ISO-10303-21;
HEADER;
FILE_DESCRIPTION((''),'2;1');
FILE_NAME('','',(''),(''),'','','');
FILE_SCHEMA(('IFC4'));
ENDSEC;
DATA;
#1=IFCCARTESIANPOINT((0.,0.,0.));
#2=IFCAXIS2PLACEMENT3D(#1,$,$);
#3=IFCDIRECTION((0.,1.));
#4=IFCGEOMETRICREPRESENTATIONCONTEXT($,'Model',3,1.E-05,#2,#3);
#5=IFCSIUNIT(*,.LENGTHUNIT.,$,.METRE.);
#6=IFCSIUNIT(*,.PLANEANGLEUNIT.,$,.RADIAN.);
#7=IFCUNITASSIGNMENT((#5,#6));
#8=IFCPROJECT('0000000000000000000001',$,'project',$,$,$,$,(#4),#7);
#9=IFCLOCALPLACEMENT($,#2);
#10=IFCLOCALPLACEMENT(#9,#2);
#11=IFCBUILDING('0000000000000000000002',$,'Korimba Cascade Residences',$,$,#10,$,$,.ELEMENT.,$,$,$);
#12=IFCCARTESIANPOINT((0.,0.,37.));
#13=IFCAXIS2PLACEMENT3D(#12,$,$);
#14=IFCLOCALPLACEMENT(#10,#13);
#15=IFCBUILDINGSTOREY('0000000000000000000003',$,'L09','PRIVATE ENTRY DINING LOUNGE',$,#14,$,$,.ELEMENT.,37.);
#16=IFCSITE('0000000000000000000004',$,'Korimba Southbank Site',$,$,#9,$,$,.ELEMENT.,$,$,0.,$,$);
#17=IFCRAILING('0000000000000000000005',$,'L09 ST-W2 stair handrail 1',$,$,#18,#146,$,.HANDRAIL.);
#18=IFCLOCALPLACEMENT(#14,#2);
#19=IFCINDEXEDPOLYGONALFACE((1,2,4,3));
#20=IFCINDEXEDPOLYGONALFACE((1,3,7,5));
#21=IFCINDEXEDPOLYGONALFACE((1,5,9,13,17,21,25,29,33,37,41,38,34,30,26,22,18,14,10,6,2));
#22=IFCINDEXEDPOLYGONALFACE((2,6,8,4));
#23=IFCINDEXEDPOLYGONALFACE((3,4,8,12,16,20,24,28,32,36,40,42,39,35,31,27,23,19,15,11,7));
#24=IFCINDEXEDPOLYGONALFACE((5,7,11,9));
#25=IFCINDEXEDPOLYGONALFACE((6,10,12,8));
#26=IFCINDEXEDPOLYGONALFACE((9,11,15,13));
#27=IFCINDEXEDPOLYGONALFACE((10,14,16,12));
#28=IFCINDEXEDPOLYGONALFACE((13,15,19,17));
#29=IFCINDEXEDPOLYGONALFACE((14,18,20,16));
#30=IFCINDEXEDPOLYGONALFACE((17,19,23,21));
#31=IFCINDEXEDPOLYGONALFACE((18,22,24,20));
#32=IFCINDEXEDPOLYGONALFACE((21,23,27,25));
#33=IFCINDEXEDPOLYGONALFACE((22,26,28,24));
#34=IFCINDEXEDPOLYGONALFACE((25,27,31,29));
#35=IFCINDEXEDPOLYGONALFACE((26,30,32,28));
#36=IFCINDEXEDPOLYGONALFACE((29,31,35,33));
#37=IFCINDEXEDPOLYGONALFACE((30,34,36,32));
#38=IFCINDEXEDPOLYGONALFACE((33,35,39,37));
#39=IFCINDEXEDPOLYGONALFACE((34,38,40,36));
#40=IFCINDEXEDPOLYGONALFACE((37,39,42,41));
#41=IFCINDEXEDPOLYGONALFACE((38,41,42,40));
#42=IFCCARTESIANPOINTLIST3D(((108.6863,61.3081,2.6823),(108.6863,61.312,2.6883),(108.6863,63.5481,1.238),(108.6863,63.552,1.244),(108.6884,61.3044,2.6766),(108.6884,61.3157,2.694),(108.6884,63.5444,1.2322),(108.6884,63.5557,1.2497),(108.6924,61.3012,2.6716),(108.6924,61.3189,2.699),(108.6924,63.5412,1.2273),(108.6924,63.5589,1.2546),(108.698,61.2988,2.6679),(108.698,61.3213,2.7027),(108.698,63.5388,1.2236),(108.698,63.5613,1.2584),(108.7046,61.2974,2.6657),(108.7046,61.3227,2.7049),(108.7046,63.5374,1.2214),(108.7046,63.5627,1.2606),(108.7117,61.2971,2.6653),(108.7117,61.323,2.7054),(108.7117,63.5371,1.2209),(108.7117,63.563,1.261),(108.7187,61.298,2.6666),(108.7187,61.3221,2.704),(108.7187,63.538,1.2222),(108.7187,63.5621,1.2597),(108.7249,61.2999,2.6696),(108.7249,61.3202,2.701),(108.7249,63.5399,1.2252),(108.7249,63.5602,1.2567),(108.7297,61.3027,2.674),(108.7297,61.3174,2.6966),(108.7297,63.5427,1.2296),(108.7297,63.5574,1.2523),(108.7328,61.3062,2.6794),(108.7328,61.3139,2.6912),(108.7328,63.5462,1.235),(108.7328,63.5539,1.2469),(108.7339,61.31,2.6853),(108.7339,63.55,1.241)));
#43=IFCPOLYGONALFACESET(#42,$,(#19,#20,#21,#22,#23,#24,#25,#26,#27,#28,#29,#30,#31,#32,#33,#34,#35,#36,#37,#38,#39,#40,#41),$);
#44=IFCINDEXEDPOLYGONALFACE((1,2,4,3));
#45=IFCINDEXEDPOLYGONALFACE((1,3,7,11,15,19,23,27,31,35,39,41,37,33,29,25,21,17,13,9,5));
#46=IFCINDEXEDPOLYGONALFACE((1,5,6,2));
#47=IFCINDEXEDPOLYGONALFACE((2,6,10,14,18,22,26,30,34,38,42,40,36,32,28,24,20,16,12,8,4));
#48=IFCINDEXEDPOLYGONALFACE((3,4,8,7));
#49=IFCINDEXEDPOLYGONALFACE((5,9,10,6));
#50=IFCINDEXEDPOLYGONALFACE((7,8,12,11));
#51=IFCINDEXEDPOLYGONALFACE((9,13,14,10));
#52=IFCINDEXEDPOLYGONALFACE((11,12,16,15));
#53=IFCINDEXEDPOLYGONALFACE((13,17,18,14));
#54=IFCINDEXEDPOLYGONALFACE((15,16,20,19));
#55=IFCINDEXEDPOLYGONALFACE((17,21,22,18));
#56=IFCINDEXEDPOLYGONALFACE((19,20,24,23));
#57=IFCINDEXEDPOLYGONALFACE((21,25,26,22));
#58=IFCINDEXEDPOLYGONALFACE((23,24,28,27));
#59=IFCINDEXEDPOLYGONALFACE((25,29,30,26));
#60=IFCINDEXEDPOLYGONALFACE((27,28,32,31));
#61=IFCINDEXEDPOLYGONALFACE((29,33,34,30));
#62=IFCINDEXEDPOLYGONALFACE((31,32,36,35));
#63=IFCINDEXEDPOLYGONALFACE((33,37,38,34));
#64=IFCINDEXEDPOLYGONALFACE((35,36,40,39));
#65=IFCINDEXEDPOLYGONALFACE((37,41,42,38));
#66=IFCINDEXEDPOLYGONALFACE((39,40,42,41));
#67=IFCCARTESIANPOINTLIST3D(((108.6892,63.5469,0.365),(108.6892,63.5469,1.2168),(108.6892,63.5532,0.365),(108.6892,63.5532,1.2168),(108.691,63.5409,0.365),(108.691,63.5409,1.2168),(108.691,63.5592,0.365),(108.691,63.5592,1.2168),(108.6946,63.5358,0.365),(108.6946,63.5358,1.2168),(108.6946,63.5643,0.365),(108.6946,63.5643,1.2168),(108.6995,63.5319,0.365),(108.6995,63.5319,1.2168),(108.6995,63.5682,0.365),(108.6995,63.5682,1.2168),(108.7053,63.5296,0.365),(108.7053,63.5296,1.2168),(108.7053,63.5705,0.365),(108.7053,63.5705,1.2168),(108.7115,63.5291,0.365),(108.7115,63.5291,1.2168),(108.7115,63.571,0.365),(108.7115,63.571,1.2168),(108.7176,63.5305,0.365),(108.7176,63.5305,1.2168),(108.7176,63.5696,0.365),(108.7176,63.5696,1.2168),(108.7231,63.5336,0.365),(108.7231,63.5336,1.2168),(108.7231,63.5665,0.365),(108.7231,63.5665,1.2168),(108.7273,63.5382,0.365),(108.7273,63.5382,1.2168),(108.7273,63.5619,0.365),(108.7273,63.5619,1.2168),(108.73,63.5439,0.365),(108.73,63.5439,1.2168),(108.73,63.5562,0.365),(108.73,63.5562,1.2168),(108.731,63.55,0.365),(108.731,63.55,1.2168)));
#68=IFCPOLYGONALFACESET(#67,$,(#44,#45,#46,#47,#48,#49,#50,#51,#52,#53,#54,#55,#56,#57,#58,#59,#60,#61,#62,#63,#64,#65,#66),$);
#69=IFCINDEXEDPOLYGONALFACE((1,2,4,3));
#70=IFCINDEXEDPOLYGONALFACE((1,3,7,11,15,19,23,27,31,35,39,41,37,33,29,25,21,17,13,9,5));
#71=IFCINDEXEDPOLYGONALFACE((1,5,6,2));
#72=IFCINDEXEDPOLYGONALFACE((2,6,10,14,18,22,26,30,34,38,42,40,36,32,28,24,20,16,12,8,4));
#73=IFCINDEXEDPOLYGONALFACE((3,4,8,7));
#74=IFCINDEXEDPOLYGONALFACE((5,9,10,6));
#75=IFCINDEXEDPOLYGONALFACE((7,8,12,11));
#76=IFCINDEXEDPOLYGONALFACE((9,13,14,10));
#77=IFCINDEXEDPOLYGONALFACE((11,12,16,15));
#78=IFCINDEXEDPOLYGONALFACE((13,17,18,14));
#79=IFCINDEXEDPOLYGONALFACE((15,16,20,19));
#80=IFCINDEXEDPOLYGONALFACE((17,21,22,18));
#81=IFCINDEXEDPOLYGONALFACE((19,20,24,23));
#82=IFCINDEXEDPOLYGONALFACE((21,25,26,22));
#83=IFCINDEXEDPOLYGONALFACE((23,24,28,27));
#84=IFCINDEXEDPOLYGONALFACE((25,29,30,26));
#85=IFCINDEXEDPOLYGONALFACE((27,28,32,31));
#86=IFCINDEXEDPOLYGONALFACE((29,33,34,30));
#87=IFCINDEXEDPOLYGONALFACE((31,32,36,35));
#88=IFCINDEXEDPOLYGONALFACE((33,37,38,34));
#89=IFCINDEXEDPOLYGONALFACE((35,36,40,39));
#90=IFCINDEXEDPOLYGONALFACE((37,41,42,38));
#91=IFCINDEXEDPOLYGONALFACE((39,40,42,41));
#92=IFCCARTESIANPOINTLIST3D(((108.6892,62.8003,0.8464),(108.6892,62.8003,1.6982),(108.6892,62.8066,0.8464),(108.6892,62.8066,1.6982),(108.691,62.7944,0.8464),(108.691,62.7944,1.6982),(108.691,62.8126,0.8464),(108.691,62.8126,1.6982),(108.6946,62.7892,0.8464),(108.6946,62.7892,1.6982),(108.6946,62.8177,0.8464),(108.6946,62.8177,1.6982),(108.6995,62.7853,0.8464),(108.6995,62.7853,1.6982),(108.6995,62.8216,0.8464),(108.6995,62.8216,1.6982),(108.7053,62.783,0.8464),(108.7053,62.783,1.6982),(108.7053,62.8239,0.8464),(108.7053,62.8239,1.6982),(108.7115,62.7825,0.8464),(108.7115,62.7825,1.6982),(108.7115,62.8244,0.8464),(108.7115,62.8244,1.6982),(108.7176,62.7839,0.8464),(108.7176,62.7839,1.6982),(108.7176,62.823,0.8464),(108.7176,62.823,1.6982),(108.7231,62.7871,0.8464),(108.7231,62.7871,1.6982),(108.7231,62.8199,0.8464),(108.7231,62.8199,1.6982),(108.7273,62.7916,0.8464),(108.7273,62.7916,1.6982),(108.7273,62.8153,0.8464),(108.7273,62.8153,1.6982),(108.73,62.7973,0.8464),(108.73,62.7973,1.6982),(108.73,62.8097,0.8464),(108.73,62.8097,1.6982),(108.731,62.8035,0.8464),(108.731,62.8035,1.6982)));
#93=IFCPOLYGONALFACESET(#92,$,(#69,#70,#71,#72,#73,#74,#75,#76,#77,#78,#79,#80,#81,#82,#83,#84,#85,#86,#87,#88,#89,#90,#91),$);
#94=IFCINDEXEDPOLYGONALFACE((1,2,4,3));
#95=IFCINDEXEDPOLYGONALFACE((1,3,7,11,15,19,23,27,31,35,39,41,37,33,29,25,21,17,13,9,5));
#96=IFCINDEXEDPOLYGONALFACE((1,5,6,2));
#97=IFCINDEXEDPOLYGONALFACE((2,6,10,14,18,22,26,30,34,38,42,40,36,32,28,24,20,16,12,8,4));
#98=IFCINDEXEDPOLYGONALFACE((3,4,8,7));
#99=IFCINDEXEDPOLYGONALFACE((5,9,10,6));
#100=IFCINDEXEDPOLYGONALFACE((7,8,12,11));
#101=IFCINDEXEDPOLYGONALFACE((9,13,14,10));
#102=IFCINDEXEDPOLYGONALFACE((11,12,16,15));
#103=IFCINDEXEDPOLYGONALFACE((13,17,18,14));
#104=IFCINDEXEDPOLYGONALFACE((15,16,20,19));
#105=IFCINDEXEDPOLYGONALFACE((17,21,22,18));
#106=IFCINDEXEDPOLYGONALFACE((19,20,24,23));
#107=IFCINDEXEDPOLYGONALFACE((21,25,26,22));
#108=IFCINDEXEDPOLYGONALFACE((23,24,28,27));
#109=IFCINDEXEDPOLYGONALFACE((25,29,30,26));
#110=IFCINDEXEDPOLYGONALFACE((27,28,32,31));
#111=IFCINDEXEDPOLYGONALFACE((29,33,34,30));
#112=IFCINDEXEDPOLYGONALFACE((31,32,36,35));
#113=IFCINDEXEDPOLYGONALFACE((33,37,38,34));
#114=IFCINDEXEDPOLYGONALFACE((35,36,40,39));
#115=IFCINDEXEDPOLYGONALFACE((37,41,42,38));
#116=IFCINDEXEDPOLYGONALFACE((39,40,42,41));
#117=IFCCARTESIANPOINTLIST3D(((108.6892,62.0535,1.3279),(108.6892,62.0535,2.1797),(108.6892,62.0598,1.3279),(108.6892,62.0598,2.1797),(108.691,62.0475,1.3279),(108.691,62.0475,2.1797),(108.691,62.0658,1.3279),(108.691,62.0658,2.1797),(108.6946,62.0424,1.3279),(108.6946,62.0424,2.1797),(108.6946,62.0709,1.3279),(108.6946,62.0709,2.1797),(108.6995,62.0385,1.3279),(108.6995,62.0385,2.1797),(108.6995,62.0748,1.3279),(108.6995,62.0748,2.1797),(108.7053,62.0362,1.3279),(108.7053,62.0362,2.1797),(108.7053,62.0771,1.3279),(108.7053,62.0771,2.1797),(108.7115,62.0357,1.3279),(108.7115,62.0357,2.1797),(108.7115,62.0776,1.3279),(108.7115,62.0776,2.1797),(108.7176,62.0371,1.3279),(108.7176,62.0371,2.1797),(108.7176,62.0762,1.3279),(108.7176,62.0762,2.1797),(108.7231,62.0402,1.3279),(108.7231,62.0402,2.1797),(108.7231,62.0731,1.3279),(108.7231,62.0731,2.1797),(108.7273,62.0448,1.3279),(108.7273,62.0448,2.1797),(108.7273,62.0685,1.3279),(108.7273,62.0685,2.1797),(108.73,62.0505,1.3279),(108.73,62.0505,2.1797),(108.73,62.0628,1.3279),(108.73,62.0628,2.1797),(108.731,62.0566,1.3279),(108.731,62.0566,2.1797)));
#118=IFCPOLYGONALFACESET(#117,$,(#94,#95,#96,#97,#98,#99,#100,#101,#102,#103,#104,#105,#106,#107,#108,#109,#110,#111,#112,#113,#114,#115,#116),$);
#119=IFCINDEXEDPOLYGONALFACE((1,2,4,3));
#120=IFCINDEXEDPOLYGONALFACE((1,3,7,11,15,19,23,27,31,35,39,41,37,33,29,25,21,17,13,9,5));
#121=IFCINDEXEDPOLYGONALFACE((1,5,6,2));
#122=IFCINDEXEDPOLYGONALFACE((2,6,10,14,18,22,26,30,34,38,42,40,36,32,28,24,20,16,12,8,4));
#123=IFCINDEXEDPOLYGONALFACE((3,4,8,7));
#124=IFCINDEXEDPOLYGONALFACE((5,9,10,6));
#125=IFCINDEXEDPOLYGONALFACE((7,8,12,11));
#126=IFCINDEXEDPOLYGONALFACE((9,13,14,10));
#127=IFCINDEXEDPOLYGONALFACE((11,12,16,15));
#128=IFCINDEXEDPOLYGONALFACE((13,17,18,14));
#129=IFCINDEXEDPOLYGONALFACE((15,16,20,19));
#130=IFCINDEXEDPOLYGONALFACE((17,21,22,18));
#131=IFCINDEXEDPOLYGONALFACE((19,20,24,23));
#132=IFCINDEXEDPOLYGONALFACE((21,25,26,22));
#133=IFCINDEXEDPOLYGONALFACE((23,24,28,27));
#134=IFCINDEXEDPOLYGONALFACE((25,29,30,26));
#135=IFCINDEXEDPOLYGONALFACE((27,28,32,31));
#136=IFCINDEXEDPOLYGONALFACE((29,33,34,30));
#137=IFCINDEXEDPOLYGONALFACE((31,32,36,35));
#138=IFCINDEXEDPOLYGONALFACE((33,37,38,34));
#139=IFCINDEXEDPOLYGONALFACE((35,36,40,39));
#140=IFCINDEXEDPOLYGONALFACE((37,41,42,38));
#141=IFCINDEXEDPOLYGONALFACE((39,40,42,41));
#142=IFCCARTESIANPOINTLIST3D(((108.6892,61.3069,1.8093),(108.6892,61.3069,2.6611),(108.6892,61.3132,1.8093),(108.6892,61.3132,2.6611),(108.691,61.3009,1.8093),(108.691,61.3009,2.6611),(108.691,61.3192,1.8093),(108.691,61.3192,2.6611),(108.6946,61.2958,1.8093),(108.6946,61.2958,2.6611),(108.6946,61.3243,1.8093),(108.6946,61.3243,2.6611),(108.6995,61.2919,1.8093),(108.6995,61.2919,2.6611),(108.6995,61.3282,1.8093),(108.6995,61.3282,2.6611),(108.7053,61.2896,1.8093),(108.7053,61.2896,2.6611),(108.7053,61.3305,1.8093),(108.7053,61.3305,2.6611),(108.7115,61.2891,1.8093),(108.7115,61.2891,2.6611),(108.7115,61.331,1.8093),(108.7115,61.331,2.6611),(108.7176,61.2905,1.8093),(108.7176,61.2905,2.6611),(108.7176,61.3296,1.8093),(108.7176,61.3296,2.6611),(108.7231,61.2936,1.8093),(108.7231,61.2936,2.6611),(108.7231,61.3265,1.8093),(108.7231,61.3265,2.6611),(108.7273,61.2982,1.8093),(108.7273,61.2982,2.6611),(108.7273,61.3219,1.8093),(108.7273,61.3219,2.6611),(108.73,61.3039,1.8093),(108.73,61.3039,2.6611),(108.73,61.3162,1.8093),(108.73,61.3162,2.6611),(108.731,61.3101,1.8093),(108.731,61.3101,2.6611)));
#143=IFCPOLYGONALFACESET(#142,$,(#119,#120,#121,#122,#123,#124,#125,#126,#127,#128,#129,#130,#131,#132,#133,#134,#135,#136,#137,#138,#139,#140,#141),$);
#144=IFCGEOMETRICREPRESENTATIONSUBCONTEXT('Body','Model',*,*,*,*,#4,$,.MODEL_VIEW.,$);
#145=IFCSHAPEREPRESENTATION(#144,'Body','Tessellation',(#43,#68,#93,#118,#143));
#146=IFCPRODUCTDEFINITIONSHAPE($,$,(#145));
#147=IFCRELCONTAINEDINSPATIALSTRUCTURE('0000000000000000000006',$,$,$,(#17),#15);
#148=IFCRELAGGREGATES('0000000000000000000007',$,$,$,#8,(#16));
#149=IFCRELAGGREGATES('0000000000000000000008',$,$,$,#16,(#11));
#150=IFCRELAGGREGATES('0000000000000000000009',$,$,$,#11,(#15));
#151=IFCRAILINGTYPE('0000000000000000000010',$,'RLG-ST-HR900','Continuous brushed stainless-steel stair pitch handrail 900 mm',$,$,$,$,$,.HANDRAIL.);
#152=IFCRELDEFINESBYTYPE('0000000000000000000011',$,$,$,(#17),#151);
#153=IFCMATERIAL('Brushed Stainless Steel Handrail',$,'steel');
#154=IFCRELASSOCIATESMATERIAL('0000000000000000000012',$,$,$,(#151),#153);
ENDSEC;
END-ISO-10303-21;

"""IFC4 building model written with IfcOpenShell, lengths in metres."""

from ifc_helpers import new_model, si_unit, direction, frame, origin, origin_2d, place, context, subcontext, project, spatial, circle, extrude, material, type_object, element, save


model = new_model("IFC4")

# Units and contexts
model_context = context("Model", 3, precision=1e-05, world=origin(), true_north=direction((0.0, 1.0)))
body_context = subcontext(model_context, "Body", "Model", "MODEL_VIEW")
ifc_project = project(units=[si_unit("LENGTHUNIT", "METRE"), si_unit("PLANEANGLEUNIT", "RADIAN")], contexts=[model_context])

# Site, building, storey
site_placement = place(None, origin())
site = spatial("IfcSite", under=ifc_project, at=site_placement, Name="Korimba Southbank Site", CompositionType="ELEMENT", RefElevation=0.0)
building_placement = place(site_placement, origin())
building = spatial("IfcBuilding", under=site, at=building_placement, Name="Korimba Cascade Residences", CompositionType="ELEMENT")
storey_placement = place(building_placement, frame((0.0, 0.0, 37.0)))
storey = spatial("IfcBuildingStorey", under=building, at=storey_placement, Name="L09", Description="PRIVATE ENTRY DINING LOUNGE", CompositionType="ELEMENT", Elevation=37.0)

# Railing
ifc_material_1 = material(Name="Brushed Stainless Steel Handrail", Category="steel")
railing_type_1 = type_object("IfcRailingType", Name="RLG-ST-HR900", Description="Continuous brushed stainless-steel stair pitch handrail 900 mm", PredefinedType="HANDRAIL", material=ifc_material_1)
railing_1_placement = place(storey_placement, frame((108.71, 63.55, 0.365)))
element("IfcRailing", 1, at=railing_1_placement, inside=storey, type_object=railing_type_1, Name="L09 ST-W2 stair handrail 1", PredefinedType="HANDRAIL", context=body_context, shape_type="SweptSolid", body=[
    extrude(circle(Radius=0.0239, at=origin_2d()), frame((0.0, 0.0, 0.876), z_axis=(0.0, -0.840437, 0.54191), x_axis=(1.0, 0.0, 0.0)), (0.0, 0.0, 1.0), 2.6653),
    extrude(circle(Radius=0.021, at=origin_2d()), origin(), (0.0, 0.0, 1.0), 0.8518),
    extrude(circle(Radius=0.021, at=origin_2d()), frame((0.0, -0.7466, 0.4814)), (0.0, 0.0, 1.0), 0.8518),
    extrude(circle(Radius=0.021, at=origin_2d()), frame((0.0, -1.4934, 0.9629)), (0.0, 0.0, 1.0), 0.8518),
    extrude(circle(Radius=0.021, at=origin_2d()), frame((0.0, -2.24, 1.4443)), (0.0, 0.0, 1.0), 0.8518),
])

save(model, "model.ifc")
